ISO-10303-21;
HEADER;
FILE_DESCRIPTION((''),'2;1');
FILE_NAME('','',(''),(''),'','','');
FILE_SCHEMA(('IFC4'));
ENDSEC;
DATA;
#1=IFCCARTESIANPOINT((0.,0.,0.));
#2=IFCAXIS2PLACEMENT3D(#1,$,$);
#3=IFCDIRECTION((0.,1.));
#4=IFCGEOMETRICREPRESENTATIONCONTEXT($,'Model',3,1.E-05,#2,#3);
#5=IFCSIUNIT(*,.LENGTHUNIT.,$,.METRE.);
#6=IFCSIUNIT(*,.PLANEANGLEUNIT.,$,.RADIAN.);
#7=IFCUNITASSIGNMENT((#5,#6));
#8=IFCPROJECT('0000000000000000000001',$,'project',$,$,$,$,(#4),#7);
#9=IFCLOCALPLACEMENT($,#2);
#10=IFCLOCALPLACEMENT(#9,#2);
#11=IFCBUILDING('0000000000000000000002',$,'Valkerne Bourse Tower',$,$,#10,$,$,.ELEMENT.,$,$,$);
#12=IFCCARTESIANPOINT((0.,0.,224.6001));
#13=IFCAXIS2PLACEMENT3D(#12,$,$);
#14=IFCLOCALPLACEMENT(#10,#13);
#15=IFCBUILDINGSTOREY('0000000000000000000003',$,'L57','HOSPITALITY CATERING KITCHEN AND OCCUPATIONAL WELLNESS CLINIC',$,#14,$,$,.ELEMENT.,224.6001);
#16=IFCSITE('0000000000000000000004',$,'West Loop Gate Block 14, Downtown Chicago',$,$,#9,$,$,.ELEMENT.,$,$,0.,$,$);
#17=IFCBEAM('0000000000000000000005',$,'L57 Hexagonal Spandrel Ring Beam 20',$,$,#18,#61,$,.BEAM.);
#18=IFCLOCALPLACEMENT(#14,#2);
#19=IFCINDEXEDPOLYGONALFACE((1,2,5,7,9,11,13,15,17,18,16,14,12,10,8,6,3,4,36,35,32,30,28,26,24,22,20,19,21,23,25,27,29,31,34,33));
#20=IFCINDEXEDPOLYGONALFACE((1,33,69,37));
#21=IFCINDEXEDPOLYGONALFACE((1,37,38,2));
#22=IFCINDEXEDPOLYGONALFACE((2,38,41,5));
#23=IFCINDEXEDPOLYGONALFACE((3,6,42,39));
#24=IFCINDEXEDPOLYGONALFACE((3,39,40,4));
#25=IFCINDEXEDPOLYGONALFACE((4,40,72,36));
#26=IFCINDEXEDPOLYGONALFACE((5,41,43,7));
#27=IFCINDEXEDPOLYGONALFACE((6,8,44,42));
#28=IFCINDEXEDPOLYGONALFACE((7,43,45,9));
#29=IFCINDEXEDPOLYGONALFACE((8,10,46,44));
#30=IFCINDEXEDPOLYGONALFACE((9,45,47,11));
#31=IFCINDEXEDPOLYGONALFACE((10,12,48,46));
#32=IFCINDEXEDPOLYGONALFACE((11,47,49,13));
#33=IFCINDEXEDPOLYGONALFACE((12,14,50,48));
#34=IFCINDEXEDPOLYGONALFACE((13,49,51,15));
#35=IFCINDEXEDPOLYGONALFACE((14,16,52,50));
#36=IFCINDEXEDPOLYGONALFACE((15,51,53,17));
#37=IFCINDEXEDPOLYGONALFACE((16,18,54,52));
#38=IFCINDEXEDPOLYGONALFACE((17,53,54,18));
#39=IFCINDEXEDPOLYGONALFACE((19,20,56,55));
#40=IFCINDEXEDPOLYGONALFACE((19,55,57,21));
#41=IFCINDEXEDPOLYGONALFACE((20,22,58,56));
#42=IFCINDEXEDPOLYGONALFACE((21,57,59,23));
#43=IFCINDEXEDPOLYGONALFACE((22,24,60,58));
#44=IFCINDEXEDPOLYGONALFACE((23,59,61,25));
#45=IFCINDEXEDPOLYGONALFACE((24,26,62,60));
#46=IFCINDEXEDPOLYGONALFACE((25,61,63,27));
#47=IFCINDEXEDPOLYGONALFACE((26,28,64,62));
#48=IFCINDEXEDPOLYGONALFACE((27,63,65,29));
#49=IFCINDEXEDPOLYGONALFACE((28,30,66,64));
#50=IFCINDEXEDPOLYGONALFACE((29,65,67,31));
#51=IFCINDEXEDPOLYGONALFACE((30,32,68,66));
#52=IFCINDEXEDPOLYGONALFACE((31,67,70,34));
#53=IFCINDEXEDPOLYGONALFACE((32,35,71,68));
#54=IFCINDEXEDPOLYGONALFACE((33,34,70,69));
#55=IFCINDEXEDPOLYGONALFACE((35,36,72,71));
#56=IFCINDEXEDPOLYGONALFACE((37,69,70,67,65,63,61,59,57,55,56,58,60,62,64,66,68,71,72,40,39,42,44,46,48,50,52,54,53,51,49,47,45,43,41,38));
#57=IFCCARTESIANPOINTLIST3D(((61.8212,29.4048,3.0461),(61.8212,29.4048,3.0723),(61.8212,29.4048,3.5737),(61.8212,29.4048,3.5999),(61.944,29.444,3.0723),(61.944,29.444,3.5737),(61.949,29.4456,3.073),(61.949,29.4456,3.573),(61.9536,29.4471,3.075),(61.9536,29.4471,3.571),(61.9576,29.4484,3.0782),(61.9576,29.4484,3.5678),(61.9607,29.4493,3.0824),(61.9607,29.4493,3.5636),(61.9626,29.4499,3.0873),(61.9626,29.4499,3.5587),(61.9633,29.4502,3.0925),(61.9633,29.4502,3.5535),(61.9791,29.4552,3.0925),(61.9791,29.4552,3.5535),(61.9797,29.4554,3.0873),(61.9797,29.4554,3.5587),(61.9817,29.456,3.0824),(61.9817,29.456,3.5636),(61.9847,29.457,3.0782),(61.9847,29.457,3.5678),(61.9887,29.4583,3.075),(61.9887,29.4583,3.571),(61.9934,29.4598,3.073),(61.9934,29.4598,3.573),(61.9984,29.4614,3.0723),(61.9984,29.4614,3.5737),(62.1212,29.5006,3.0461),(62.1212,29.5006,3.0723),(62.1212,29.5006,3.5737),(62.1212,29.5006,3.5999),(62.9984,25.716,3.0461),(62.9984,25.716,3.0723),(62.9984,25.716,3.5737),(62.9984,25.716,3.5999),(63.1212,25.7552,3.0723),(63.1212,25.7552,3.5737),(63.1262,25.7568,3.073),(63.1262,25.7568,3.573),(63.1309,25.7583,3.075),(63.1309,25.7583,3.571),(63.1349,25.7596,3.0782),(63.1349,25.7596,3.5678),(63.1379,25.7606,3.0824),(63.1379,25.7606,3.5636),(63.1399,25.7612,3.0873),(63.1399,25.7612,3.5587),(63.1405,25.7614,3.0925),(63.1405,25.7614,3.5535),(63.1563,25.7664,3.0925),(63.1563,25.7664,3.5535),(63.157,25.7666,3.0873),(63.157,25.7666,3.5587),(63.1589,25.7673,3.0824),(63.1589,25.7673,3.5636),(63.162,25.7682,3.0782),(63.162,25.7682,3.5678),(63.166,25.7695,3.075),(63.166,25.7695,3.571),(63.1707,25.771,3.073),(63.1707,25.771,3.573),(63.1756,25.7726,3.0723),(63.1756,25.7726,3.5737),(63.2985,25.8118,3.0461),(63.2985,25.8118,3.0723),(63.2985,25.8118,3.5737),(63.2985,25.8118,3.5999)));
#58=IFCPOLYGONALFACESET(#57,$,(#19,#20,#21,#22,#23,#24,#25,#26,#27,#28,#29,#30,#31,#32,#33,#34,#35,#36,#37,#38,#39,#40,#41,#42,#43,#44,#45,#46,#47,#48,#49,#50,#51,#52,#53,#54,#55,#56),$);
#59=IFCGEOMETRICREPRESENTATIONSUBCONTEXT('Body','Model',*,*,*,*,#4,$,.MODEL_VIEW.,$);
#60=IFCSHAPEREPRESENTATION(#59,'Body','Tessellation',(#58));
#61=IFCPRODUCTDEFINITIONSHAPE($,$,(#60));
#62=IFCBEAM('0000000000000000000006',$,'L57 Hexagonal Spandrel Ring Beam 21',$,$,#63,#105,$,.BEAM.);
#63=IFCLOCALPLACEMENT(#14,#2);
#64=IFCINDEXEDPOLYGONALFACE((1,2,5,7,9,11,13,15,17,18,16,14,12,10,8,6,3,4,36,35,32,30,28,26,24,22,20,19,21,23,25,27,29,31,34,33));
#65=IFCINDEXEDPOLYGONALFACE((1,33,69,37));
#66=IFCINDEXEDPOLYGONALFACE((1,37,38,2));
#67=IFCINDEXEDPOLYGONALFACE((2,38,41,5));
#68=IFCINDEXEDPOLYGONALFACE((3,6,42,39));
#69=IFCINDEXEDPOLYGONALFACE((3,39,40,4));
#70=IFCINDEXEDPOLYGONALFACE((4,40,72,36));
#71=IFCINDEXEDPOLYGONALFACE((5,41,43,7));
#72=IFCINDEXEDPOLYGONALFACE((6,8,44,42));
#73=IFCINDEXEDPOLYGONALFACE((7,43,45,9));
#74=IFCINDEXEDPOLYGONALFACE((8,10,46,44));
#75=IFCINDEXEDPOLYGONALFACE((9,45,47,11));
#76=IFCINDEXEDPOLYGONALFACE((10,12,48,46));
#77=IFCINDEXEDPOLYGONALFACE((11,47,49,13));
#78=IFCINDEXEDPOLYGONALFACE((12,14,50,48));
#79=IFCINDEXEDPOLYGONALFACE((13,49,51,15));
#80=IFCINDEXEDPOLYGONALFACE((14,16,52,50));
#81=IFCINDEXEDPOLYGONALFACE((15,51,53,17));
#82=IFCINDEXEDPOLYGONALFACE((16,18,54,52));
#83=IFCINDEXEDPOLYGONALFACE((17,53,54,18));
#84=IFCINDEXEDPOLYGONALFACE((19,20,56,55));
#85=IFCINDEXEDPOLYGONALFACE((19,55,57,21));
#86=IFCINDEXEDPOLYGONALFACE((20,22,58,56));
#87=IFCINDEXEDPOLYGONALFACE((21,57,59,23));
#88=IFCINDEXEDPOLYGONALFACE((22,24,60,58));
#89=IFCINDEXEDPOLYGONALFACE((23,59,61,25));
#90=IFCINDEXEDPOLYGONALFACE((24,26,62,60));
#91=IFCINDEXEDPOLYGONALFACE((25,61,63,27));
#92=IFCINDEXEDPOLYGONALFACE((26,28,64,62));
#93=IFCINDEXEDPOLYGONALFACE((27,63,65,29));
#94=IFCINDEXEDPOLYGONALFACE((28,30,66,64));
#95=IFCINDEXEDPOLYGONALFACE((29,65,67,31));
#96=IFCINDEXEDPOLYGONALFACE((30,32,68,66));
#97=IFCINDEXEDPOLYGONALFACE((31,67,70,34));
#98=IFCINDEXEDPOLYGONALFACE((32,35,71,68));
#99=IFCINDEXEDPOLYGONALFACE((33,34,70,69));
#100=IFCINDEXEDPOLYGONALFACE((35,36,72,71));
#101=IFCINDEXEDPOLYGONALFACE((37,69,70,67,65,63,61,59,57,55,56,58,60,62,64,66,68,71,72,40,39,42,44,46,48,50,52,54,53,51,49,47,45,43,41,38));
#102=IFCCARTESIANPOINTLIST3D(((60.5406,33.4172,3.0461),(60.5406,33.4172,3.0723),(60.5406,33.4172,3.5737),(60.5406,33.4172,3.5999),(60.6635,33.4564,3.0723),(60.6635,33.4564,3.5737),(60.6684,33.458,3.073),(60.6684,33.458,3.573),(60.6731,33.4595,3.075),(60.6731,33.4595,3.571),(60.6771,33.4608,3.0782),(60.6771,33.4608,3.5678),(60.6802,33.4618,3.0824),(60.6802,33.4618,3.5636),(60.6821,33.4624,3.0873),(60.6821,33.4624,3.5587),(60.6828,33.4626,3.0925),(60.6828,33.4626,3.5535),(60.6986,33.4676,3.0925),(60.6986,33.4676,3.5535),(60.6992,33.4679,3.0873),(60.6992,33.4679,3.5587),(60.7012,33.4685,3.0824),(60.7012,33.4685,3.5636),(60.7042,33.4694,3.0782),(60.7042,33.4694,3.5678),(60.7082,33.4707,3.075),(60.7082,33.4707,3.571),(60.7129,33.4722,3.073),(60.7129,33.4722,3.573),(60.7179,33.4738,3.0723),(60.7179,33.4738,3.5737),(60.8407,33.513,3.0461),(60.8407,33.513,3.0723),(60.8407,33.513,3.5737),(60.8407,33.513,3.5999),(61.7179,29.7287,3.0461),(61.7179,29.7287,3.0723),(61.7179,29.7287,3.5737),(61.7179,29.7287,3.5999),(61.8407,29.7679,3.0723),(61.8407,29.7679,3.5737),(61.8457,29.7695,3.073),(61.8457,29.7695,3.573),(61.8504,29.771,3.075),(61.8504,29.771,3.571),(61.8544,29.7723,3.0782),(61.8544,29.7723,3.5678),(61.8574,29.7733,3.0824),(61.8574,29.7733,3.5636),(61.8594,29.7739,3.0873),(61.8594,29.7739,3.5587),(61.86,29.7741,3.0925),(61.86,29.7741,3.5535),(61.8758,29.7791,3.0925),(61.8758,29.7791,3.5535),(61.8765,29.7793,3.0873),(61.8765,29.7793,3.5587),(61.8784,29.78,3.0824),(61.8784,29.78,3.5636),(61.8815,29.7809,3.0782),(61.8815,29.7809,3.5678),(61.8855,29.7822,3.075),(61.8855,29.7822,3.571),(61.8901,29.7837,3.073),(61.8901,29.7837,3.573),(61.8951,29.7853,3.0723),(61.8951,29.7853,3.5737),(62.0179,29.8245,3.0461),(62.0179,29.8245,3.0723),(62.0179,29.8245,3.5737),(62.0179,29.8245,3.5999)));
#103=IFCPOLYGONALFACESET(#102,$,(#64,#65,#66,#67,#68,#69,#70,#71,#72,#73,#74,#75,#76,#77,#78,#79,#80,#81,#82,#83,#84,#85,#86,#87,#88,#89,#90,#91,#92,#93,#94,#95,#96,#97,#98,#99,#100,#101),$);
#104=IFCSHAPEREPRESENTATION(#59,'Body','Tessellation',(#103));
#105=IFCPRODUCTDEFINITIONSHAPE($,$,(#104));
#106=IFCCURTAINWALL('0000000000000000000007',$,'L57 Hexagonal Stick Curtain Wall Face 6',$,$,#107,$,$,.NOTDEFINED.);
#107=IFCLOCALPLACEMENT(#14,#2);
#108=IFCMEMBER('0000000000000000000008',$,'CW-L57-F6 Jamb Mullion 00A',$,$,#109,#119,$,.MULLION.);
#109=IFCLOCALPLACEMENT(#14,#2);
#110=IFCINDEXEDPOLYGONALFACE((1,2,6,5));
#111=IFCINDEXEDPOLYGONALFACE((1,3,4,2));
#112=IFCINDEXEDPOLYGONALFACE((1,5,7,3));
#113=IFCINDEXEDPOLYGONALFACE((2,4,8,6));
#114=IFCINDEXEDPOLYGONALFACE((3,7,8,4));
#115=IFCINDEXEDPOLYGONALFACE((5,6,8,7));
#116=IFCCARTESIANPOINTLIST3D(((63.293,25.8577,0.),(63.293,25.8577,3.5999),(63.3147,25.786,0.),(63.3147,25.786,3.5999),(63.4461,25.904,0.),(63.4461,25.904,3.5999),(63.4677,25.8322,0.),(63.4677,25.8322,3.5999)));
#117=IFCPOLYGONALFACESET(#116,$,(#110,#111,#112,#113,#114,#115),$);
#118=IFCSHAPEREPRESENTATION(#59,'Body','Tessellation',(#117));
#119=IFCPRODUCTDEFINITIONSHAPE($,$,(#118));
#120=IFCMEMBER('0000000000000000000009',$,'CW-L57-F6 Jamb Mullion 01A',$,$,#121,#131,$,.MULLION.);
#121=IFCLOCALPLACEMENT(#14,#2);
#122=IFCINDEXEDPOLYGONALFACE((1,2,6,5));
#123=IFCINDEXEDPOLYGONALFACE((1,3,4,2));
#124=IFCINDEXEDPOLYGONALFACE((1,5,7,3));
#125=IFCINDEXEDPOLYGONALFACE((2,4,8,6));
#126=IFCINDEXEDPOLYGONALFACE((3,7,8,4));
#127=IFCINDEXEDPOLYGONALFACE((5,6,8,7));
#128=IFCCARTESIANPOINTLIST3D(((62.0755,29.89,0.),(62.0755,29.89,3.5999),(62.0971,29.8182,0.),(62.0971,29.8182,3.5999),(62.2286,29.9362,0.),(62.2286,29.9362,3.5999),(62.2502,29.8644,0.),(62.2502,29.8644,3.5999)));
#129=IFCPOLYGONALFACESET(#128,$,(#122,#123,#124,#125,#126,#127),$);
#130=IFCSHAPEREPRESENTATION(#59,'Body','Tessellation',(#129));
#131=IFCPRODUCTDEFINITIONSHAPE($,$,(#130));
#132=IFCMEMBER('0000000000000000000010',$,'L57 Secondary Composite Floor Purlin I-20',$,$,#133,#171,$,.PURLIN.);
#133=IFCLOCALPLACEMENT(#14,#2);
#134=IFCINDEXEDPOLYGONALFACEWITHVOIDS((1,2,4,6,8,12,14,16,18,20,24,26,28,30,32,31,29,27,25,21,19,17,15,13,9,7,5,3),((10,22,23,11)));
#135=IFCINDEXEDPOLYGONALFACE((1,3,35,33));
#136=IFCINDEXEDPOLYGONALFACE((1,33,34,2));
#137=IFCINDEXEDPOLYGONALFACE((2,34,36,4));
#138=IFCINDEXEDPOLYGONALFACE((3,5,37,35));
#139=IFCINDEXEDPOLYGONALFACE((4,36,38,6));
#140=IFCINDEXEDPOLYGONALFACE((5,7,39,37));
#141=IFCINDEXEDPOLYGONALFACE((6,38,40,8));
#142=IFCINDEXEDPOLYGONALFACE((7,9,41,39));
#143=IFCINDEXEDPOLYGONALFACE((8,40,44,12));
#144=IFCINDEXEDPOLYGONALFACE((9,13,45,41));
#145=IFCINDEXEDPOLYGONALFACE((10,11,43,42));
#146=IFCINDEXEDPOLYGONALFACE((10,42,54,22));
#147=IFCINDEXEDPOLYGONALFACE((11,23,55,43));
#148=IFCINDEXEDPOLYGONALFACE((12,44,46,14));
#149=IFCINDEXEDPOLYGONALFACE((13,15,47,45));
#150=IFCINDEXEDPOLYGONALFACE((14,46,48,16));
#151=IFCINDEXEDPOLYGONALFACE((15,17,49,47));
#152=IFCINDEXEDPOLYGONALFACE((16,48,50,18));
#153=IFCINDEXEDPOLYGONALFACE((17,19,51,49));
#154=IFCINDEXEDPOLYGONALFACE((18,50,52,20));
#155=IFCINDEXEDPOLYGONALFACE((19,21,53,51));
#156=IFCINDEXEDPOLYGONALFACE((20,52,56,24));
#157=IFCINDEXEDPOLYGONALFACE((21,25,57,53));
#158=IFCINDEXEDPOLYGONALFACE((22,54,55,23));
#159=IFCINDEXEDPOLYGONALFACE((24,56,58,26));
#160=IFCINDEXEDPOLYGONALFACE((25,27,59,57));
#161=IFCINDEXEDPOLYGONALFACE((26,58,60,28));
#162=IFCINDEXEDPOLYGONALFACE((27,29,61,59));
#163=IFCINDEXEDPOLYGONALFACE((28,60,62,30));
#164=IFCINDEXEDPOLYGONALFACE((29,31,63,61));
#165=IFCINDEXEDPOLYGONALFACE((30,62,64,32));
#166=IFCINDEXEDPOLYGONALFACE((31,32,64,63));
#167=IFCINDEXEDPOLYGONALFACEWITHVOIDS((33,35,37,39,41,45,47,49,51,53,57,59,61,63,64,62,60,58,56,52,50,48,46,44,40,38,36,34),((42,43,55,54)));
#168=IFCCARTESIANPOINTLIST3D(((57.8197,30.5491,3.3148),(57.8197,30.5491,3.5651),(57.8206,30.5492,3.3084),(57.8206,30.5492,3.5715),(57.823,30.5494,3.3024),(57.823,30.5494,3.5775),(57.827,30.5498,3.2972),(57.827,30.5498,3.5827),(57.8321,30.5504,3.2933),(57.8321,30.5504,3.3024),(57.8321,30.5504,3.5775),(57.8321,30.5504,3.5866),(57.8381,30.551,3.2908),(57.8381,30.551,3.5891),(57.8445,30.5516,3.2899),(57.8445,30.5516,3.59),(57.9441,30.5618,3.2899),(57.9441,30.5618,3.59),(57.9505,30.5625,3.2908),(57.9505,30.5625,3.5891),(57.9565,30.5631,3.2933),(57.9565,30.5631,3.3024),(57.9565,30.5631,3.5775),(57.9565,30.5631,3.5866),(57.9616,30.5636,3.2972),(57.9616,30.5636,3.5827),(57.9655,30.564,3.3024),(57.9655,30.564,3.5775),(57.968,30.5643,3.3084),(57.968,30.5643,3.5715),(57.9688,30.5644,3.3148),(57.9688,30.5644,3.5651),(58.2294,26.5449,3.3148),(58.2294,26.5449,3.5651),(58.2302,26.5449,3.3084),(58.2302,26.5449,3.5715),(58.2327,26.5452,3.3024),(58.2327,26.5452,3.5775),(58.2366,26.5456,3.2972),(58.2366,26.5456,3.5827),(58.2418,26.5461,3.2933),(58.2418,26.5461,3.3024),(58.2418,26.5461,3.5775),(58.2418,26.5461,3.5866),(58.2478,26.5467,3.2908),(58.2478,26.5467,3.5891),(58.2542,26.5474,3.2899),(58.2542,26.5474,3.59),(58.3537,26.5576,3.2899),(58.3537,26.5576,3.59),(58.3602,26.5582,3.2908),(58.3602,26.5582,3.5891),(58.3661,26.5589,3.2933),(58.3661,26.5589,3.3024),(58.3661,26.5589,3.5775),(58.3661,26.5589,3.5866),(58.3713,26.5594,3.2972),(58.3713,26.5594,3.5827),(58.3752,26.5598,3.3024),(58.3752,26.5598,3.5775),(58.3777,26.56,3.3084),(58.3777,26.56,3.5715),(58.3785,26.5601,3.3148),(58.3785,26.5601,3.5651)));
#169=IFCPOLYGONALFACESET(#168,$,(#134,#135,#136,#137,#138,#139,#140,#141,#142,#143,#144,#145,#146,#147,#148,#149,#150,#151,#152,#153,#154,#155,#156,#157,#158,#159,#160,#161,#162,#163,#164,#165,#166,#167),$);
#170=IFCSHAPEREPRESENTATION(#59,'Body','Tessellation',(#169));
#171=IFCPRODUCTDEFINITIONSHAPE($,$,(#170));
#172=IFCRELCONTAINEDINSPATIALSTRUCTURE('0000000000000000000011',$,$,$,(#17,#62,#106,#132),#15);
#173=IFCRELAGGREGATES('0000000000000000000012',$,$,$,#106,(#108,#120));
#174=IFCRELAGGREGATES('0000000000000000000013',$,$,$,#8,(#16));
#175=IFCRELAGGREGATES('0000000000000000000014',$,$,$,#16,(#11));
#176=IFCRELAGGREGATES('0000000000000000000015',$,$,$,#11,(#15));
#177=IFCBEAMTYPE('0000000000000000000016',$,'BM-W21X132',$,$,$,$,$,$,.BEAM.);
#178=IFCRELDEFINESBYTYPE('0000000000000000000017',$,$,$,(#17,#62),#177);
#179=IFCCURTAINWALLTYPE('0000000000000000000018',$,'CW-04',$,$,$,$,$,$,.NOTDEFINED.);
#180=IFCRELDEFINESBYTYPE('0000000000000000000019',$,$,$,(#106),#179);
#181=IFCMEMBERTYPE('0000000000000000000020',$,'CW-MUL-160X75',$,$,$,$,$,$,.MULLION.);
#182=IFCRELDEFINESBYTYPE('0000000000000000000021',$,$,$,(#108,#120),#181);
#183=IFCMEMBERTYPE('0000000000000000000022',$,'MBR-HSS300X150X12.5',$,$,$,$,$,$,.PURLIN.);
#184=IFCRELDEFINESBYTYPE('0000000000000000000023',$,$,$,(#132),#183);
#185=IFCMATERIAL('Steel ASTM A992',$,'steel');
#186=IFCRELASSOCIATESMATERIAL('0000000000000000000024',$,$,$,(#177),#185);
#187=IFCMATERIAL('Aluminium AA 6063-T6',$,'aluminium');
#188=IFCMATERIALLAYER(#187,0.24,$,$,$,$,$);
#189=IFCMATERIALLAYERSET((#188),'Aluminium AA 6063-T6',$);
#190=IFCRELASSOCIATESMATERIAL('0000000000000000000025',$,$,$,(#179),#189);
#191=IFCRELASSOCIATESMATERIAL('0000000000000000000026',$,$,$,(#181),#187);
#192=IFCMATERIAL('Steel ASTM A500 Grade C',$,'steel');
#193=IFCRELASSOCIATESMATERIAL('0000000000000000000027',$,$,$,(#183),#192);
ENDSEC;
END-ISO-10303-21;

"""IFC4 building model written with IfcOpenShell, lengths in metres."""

from ifc_helpers import new_model, si_unit, direction, frame, origin, origin_2d, place, context, subcontext, project, spatial, rectangle, hollow_rectangle, i_section, extrude, material, layer, layer_set, material_profile, profile_set, type_object, element, aggregate, save


model = new_model("IFC4")

# Units and contexts
model_context = context("Model", 3, precision=1e-05, world=origin(), true_north=direction((0.0, 1.0)))
body_context = subcontext(model_context, "Body", "Model", "MODEL_VIEW")
ifc_project = project(units=[si_unit("LENGTHUNIT", "METRE"), si_unit("PLANEANGLEUNIT", "RADIAN")], contexts=[model_context])

# Site, building, storey
site_placement = place(None, origin())
site = spatial("IfcSite", under=ifc_project, at=site_placement, Name="West Loop Gate Block 14, Downtown Chicago", CompositionType="ELEMENT", RefElevation=0.0)
building_placement = place(site_placement, origin())
building = spatial("IfcBuilding", under=site, at=building_placement, Name="Valkerne Bourse Tower", CompositionType="ELEMENT")
storey_placement = place(building_placement, frame((0.0, 0.0, 224.6001)))
storey = spatial("IfcBuildingStorey", under=building, at=storey_placement, Name="L57", Description="HOSPITALITY CATERING KITCHEN AND OCCUPATIONAL WELLNESS CLINIC", CompositionType="ELEMENT", Elevation=224.6001)

# Beams
ifc_material_1 = material(Name="Steel ASTM A992", Category="steel")
ifc_material_profile_1 = material_profile(ifc_material_1, i_section(OverallWidth=0.3149, OverallDepth=0.5537, WebThickness=0.0166, FlangeThickness=0.0261, FilletRadius=0.0203, at=origin_2d()), Name="W21X132")
ifc_profile_set_1 = profile_set([ifc_material_profile_1], Name="Steel ASTM A992")
beam_type_1 = type_object("IfcBeamType", Name="BM-W21X132", PredefinedType="BEAM", material=ifc_profile_set_1)
beam_1_placement = place(storey_placement, frame((63.1484, 25.7639, 3.323), z_axis=(-0.304039, 0.95266, 0.0), x_axis=(-0.95266, -0.304039, 0.0)))
element("IfcBeam", 1, at=beam_1_placement, inside=storey, type_object=beam_type_1, Name="L57 Hexagonal Spandrel Ring Beam 20", PredefinedType="BEAM", context=body_context, shape_type="SweptSolid", body=[
    extrude(i_section(OverallWidth=0.3149, OverallDepth=0.5537, WebThickness=0.0166, FlangeThickness=0.0261, FilletRadius=0.0203, at=origin_2d()), origin(), (0.0, 0.0, 1.0), 3.8721),
])
beam_2_placement = place(storey_placement, frame((61.8679, 29.7766, 3.323), z_axis=(-0.304057, 0.952654, 0.0), x_axis=(-0.952654, -0.304057, 0.0)))
element("IfcBeam", 2, at=beam_2_placement, inside=storey, type_object=beam_type_1, Name="L57 Hexagonal Spandrel Ring Beam 21", PredefinedType="BEAM", context=body_context, shape_type="SweptSolid", body=[
    extrude(i_section(OverallWidth=0.3149, OverallDepth=0.5537, WebThickness=0.0166, FlangeThickness=0.0261, FilletRadius=0.0203, at=origin_2d()), origin(), (0.0, 0.0, 1.0), 3.8718),
])

# Curtain wall, members
ifc_material_2 = material(Name="Aluminium AA 6063-T6", Category="aluminium")
ifc_layer_1 = layer(ifc_material_2, 0.24)
ifc_layer_set_1 = layer_set([ifc_layer_1], Name="Aluminium AA 6063-T6")
curtain_wall_type = type_object("IfcCurtainWallType", Name="CW-04", PredefinedType="NOTDEFINED", material=ifc_layer_set_1)
curtain_wall_placement = place(storey_placement, origin())
curtain_wall = element("IfcCurtainWall", 3, at=curtain_wall_placement, inside=storey, type_object=curtain_wall_type, Name="L57 Hexagonal Stick Curtain Wall Face 6", PredefinedType="NOTDEFINED")
ifc_material_profile_2 = material_profile(ifc_material_2, rectangle(XDim=0.075, YDim=0.1599, at=origin_2d()), Name="CWM-75X160")
ifc_profile_set_2 = profile_set([ifc_material_profile_2], Name="Aluminium AA 6063-T6")
member_type_1 = type_object("IfcMemberType", Name="CW-MUL-160X75", PredefinedType="MULLION", material=ifc_profile_set_2)
member_1_placement = place(storey_placement, frame((63.3804, 25.845, 0.0), z_axis=(0.0, 0.0, 1.0), x_axis=(-0.289033, 0.957319, 0.0)))
member_1 = element("IfcMember", 4, at=member_1_placement, type_object=member_type_1, Name="CW-L57-F6 Jamb Mullion 00A", PredefinedType="MULLION", context=body_context, shape_type="SweptSolid", body=[
    extrude(rectangle(XDim=0.075, YDim=0.1599, at=origin_2d()), origin(), (0.0, 0.0, 1.0), 3.5999),
])
member_2_placement = place(storey_placement, frame((62.1628, 29.8772, 0.0), z_axis=(0.0, 0.0, 1.0), x_axis=(-0.289033, 0.957319, 0.0)))
member_2 = element("IfcMember", 5, at=member_2_placement, type_object=member_type_1, Name="CW-L57-F6 Jamb Mullion 01A", PredefinedType="MULLION", context=body_context, shape_type="SweptSolid", body=[
    extrude(rectangle(XDim=0.075, YDim=0.1599, at=origin_2d()), origin(), (0.0, 0.0, 1.0), 3.5999),
])

# Member
ifc_material_3 = material(Name="Steel ASTM A500 Grade C", Category="steel")
ifc_material_profile_3 = material_profile(ifc_material_3, hollow_rectangle(XDim=0.1499, YDim=0.3, WallThickness=0.0125, OuterFilletRadius=0.0249, at=origin_2d()), Name="HSS300X150X12.5")
ifc_profile_set_3 = profile_set([ifc_material_profile_3], Name="Steel ASTM A500 Grade C")
member_type_2 = type_object("IfcMemberType", Name="MBR-HSS300X150X12.5", PredefinedType="PURLIN", material=ifc_profile_set_3)
member_3_placement = place(storey_placement, frame((58.304, 26.5525, 3.4399), z_axis=(-0.10178, 0.994807, 0.0), x_axis=(-0.994807, -0.10178, 0.0)))
element("IfcMember", 6, at=member_3_placement, inside=storey, type_object=member_type_2, Name="L57 Secondary Composite Floor Purlin I-20", PredefinedType="PURLIN", context=body_context, shape_type="SweptSolid", body=[
    extrude(hollow_rectangle(XDim=0.1499, YDim=0.3, WallThickness=0.0125, OuterFilletRadius=0.0249, at=origin_2d()), origin(), (0.0, 0.0, 1.0), 4.0251),
])

aggregate(curtain_wall, [member_1, member_2])

save(model, "model.ifc")
